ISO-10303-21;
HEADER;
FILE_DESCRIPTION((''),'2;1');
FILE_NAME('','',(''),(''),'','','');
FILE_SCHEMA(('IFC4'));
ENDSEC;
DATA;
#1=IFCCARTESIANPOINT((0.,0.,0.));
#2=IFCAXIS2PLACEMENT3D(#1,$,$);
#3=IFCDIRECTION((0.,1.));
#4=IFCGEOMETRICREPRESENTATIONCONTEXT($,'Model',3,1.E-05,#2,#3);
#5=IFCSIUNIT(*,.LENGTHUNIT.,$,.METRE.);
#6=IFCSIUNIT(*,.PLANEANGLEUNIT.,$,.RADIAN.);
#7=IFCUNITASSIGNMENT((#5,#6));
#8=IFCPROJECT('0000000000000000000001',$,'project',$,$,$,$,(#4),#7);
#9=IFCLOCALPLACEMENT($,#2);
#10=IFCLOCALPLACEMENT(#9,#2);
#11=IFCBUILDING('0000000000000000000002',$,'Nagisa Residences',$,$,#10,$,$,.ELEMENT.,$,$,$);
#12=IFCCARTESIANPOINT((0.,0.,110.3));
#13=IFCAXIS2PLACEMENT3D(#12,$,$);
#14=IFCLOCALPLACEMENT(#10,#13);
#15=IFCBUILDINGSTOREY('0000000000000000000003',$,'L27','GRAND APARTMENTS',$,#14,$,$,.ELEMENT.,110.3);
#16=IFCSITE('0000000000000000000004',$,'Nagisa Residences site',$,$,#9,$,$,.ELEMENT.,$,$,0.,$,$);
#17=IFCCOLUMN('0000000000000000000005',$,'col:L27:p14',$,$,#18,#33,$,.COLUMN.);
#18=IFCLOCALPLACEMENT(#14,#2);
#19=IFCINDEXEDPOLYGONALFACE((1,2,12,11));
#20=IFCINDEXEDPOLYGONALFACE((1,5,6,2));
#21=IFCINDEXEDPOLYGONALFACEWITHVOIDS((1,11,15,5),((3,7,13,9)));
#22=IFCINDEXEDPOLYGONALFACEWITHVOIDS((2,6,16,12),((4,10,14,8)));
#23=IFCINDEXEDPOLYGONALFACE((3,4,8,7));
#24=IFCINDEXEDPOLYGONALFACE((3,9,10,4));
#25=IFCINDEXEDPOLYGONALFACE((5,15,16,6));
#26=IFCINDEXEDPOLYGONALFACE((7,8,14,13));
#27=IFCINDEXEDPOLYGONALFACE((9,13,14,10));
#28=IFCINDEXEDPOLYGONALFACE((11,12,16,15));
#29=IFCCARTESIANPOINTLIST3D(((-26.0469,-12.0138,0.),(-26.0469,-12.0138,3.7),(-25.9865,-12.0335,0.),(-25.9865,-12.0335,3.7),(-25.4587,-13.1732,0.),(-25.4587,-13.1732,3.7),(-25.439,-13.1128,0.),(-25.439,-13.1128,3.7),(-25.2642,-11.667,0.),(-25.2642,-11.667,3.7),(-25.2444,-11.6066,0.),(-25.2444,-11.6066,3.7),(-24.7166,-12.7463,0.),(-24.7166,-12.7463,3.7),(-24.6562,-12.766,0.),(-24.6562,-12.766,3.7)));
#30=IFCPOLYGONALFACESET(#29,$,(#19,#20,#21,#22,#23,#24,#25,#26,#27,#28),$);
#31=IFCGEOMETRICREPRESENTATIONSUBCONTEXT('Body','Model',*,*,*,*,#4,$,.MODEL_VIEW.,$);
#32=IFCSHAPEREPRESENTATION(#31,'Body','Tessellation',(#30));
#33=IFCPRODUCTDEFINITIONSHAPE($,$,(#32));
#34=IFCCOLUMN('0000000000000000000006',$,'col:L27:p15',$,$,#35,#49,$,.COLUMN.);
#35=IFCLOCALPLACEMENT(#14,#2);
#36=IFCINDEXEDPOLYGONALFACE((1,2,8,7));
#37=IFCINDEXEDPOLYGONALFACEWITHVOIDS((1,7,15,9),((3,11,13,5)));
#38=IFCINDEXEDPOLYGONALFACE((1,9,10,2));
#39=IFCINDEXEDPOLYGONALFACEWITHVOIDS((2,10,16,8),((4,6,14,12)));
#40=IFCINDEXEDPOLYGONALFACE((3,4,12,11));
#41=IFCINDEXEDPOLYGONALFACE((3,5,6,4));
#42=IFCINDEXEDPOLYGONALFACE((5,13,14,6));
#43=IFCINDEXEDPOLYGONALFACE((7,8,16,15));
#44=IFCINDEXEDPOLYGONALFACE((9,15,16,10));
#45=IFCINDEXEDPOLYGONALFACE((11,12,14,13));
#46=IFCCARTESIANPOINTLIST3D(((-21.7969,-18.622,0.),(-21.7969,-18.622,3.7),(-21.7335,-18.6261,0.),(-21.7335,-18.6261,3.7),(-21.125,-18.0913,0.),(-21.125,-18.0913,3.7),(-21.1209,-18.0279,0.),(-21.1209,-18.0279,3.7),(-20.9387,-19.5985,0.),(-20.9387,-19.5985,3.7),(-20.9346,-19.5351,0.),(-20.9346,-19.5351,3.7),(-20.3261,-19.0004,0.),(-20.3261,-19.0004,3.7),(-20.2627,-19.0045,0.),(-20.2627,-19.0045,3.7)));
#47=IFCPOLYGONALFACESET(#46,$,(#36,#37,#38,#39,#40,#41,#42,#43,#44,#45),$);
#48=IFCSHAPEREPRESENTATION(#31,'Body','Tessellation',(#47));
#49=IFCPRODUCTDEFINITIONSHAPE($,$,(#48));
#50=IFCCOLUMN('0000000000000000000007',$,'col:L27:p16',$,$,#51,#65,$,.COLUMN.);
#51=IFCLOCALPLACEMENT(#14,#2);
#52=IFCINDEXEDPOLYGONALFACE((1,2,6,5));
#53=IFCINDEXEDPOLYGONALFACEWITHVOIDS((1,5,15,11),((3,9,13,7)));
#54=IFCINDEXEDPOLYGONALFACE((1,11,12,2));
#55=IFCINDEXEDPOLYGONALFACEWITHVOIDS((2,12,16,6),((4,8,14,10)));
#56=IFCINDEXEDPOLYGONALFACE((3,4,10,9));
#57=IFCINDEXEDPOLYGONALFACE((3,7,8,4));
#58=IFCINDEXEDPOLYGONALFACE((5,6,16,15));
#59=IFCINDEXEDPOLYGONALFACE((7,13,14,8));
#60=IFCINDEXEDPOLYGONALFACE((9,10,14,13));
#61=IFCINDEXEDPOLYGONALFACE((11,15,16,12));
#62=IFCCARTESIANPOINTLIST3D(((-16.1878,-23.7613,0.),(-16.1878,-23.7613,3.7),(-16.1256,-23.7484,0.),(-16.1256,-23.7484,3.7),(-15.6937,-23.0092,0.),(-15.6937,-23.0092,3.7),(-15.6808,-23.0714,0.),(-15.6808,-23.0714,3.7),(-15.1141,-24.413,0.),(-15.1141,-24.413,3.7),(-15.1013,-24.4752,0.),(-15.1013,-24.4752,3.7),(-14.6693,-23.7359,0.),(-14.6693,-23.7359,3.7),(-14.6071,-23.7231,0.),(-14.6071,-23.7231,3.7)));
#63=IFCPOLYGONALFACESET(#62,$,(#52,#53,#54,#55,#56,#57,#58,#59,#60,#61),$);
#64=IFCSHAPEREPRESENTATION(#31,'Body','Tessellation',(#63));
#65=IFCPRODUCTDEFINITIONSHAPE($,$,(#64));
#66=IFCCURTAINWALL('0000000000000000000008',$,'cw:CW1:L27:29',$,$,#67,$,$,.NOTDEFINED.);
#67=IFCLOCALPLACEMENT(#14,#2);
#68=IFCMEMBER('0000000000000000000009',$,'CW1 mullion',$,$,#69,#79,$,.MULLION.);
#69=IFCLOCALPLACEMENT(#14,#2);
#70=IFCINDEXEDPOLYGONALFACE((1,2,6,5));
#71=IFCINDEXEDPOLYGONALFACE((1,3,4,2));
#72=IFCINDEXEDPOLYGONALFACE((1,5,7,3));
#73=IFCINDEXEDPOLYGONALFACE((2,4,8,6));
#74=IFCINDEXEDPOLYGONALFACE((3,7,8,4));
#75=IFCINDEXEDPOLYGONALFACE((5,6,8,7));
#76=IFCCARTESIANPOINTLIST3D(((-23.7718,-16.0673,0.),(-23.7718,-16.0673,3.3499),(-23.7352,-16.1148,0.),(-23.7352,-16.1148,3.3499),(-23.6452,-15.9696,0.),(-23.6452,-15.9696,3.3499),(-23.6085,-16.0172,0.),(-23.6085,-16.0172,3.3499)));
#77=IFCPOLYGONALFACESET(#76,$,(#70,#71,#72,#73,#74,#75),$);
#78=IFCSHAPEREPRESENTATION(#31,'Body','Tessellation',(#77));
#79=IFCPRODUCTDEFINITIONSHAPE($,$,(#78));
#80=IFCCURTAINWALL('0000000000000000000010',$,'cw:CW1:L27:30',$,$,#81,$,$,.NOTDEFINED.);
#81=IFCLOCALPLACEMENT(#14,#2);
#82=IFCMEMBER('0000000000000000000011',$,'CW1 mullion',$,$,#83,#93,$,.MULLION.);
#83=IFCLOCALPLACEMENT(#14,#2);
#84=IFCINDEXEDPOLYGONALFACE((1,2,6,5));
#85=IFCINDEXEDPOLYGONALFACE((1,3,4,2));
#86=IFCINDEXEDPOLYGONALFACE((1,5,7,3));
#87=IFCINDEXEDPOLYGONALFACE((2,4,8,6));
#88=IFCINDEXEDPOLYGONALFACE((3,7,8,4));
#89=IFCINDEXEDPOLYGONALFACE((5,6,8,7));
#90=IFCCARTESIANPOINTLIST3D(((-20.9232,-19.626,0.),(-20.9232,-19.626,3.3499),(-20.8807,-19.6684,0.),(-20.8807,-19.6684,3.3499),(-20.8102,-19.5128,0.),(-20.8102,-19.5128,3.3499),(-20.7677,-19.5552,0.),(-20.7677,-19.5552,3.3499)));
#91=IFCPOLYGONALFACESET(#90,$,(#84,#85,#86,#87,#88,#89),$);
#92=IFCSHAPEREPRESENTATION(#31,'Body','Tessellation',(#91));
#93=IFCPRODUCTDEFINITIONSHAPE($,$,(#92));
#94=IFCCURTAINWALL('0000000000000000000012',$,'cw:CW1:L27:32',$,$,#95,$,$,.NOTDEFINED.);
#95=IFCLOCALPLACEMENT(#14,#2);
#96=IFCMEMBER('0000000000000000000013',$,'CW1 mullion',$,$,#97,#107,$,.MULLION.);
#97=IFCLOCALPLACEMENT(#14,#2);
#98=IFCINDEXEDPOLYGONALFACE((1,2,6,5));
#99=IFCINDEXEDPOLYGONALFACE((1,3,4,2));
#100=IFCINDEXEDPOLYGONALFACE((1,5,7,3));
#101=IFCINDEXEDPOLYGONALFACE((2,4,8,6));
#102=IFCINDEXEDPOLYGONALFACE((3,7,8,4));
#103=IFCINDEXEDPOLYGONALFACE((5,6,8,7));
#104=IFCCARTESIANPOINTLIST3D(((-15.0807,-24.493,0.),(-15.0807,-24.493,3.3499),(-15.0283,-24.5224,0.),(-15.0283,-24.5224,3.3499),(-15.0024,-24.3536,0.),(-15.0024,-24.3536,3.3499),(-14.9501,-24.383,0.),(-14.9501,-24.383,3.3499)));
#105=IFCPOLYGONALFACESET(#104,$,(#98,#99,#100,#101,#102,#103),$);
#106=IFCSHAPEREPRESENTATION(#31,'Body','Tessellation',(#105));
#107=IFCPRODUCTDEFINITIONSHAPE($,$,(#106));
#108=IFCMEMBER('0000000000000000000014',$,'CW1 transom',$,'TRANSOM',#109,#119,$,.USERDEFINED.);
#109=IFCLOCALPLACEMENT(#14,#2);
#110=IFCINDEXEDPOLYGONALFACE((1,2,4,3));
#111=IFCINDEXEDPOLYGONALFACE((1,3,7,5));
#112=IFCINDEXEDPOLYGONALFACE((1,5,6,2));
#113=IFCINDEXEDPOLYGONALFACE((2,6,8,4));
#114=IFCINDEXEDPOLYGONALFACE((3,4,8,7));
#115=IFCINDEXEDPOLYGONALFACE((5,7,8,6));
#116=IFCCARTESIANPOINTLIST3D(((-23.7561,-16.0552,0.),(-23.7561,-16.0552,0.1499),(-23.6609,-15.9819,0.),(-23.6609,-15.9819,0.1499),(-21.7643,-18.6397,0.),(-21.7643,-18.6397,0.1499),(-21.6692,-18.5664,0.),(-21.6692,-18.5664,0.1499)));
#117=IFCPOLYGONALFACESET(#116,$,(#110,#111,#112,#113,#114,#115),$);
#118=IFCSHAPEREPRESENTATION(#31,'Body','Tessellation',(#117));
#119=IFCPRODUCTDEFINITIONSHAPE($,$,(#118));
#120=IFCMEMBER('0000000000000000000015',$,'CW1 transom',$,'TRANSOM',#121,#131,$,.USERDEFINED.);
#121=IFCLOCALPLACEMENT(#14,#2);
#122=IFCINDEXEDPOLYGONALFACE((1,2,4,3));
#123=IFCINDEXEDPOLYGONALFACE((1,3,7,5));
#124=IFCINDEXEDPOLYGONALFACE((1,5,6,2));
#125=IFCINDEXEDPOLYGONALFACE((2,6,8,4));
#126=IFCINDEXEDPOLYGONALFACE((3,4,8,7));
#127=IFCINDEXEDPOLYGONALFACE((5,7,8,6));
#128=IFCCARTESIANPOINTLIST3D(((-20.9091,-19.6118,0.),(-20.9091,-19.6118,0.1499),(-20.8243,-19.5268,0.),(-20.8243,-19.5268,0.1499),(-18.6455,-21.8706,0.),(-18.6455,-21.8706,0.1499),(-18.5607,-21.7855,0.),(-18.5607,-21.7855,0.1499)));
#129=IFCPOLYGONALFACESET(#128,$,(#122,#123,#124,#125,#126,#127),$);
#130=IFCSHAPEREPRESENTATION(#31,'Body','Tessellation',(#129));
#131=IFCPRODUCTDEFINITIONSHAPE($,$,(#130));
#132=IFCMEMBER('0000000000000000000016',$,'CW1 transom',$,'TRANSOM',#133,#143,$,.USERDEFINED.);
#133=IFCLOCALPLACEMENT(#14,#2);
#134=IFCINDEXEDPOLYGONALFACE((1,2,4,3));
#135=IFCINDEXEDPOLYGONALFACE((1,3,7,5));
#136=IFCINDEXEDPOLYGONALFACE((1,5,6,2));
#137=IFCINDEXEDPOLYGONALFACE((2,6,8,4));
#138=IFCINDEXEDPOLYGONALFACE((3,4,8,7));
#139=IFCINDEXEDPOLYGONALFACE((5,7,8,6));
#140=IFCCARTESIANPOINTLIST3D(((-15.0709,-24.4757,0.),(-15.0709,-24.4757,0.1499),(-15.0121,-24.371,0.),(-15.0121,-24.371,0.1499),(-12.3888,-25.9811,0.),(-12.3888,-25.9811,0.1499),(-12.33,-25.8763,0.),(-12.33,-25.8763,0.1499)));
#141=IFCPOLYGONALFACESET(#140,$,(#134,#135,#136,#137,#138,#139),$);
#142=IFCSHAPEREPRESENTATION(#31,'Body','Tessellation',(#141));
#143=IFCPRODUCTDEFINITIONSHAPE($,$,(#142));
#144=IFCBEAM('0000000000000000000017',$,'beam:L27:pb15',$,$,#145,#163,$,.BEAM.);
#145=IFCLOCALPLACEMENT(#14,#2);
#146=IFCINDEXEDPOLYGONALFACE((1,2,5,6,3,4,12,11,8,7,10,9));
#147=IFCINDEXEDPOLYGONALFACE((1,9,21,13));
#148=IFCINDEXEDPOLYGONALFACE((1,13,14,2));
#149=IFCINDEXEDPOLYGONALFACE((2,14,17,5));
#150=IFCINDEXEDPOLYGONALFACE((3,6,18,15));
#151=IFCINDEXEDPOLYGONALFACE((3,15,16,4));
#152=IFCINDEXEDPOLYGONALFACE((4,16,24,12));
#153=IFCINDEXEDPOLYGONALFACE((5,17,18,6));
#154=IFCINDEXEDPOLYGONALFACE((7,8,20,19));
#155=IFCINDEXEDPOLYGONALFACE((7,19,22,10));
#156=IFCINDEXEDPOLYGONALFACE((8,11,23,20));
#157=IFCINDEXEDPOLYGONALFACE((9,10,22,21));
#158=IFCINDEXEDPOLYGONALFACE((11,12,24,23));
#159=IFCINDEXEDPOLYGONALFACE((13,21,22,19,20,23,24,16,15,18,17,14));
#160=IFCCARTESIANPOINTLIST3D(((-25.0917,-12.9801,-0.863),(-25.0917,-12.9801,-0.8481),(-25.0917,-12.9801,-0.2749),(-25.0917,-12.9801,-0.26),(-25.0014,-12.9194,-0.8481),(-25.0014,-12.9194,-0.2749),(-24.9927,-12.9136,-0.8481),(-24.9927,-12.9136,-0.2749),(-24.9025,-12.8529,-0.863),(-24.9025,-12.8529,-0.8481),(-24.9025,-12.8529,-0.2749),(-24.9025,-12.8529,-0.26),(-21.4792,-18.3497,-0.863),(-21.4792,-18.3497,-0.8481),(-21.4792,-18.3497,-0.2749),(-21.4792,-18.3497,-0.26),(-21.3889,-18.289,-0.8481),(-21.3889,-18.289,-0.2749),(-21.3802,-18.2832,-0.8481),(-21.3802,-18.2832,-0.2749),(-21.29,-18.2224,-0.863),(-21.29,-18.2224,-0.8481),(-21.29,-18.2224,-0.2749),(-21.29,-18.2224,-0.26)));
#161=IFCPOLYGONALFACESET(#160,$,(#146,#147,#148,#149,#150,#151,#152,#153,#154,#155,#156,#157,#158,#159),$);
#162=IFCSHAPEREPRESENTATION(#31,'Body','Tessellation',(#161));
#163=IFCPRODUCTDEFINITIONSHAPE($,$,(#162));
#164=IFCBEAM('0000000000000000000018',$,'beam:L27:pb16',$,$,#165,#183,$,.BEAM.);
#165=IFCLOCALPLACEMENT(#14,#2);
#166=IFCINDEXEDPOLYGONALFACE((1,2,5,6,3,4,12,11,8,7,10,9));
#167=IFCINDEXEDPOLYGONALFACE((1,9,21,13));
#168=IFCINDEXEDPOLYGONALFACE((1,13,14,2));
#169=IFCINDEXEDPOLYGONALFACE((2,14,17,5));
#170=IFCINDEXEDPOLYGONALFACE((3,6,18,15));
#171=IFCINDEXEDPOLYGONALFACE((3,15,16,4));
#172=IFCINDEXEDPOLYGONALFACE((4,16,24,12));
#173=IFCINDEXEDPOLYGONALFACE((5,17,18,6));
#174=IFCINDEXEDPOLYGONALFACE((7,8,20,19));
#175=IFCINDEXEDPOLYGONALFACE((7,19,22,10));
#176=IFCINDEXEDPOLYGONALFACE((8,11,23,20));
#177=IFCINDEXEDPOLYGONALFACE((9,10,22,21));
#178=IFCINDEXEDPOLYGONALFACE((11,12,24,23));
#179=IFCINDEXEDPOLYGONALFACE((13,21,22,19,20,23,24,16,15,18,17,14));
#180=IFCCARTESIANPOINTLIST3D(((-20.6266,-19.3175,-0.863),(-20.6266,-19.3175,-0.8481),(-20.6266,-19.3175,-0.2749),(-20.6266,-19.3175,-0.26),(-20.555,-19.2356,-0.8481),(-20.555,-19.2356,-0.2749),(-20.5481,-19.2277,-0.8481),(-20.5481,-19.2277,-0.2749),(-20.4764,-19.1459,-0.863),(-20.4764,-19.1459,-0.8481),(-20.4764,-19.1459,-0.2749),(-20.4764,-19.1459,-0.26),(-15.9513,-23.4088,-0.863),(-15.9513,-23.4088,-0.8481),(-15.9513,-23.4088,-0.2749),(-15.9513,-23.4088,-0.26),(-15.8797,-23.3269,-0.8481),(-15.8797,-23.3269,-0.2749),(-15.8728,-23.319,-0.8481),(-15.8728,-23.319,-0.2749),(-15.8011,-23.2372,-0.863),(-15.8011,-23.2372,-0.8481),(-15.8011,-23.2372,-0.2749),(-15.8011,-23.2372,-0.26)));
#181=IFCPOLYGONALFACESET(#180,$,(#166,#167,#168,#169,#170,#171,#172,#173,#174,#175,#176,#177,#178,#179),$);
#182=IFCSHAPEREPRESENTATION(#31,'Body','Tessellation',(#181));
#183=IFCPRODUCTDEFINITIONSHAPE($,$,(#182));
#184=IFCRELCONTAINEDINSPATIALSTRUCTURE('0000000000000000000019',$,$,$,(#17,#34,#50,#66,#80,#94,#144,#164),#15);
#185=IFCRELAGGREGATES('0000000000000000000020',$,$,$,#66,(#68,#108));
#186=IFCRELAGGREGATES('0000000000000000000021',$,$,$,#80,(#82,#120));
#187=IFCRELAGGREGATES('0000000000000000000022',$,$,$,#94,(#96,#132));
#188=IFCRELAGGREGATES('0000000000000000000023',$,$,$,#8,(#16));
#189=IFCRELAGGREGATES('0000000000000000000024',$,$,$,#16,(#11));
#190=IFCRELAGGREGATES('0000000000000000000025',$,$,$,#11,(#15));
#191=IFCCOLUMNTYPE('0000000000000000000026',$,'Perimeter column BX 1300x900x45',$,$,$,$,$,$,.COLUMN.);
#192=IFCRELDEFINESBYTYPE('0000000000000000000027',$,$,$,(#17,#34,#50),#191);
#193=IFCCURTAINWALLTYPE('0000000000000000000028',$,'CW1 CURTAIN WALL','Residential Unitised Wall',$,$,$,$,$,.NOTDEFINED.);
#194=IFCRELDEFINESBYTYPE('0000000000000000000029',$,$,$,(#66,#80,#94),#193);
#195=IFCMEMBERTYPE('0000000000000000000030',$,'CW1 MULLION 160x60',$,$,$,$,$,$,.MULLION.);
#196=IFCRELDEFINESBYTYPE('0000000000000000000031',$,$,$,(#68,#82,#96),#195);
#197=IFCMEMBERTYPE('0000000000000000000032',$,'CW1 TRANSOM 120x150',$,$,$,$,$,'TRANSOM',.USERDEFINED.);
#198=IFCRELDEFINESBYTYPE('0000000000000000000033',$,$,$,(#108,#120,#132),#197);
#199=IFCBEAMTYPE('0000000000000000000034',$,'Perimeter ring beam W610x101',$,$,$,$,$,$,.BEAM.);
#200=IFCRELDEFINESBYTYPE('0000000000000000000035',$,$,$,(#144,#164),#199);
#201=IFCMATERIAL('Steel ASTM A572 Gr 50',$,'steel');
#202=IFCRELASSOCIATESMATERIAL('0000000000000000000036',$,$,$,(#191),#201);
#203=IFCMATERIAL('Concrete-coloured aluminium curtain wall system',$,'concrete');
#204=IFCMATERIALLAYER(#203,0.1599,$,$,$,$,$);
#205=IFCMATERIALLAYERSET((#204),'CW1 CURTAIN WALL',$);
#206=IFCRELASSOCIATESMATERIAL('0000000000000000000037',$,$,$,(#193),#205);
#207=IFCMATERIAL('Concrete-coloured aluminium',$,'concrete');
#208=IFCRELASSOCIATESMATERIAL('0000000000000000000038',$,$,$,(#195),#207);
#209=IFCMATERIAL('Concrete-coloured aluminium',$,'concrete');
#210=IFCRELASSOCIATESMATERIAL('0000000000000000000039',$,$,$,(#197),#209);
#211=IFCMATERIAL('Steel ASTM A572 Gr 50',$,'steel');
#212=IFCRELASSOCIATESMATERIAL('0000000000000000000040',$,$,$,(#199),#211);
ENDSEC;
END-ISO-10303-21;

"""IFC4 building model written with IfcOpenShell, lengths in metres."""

from ifc_helpers import new_model, si_unit, direction, frame, origin, origin_2d, place, context, subcontext, project, spatial, rectangle, hollow_rectangle, i_section, extrude, material, layer, layer_set, material_profile, profile_set, type_object, element, aggregate, save


model = new_model("IFC4")

# Units and contexts
model_context = context("Model", 3, precision=1e-05, world=origin(), true_north=direction((0.0, 1.0)))
body_context = subcontext(model_context, "Body", "Model", "MODEL_VIEW")
ifc_project = project(units=[si_unit("LENGTHUNIT", "METRE"), si_unit("PLANEANGLEUNIT", "RADIAN")], contexts=[model_context])

# Site, building, storey
site_placement = place(None, origin())
site = spatial("IfcSite", under=ifc_project, at=site_placement, Name="Nagisa Residences site", CompositionType="ELEMENT", RefElevation=0.0)
building_placement = place(site_placement, origin())
building = spatial("IfcBuilding", under=site, at=building_placement, Name="Nagisa Residences", CompositionType="ELEMENT")
storey_placement = place(building_placement, frame((0.0, 0.0, 110.3)))
storey = spatial("IfcBuildingStorey", under=building, at=storey_placement, Name="L27", Description="GRAND APARTMENTS", CompositionType="ELEMENT", Elevation=110.3)

# Columns
ifc_material_1 = material(Name="Steel ASTM A572 Gr 50", Category="steel")
ifc_material_profile_1 = material_profile(ifc_material_1, hollow_rectangle(XDim=1.3, YDim=0.8999, WallThickness=0.0449, at=origin_2d()), Name="BX 1300x900x45")
ifc_profile_set_1 = profile_set([ifc_material_profile_1], Name="Steel ASTM A572 Gr 50")
column_type = type_object("IfcColumnType", Name="Perimeter column BX 1300x900x45", PredefinedType="COLUMN", material=ifc_profile_set_1)
for number, where, z_axis, x_axis, name in (
    (1, (-25.3516, -12.3899, 0.0), (0.0, 0.0, 1.0), (0.452463, -0.891783, 0.0), "col:L27:p14"),
    (2, (-21.0298, -18.8132, 0.0), (0.0, 0.0, 1.0), (0.660115, -0.751165, 0.0), "col:L27:p15"),
    (3, (-15.3975, -23.7422, 0.0), (0.0, 0.0, 1.0), (0.835766, -0.549086, 0.0), "col:L27:p16"),
):
    element("IfcColumn", number, at=place(storey_placement, frame(where, z_axis=z_axis, x_axis=x_axis)), inside=storey, type_object=column_type, Name=name, PredefinedType="COLUMN", context=body_context, shape_type="SweptSolid", body=[
        extrude(hollow_rectangle(XDim=1.3, YDim=0.8999, WallThickness=0.0449, at=origin_2d()), origin(), (0.0, 0.0, 1.0), 3.7),
    ])

# Curtain walls, members
ifc_material_2 = material(Name="Concrete-coloured aluminium curtain wall system", Category="concrete")
ifc_layer_1 = layer(ifc_material_2, 0.1599)
ifc_layer_set_1 = layer_set([ifc_layer_1], Name="CW1 CURTAIN WALL")
curtain_wall_type = type_object("IfcCurtainWallType", Name="CW1 CURTAIN WALL", Description="Residential Unitised Wall", PredefinedType="NOTDEFINED", material=ifc_layer_set_1)
curtain_wall_1_placement = place(storey_placement, origin())
curtain_wall_1 = element("IfcCurtainWall", 4, at=curtain_wall_1_placement, inside=storey, type_object=curtain_wall_type, Name="cw:CW1:L27:29", PredefinedType="NOTDEFINED")
ifc_material_3 = material(Name="Concrete-coloured aluminium", Category="concrete")
ifc_material_profile_2 = material_profile(ifc_material_3, rectangle(XDim=0.1599, YDim=0.0601, at=origin_2d()), Name="CW1 MULLION 160x60")
ifc_profile_set_2 = profile_set([ifc_material_profile_2], Name="Concrete-coloured aluminium")
member_type_1 = type_object("IfcMemberType", Name="CW1 MULLION 160x60", PredefinedType="MULLION", material=ifc_profile_set_2)
member_1_placement = place(storey_placement, frame((-23.6902, -16.0422, 0.0), z_axis=(0.0, 0.0, 1.0), x_axis=(0.79207, 0.61043, 0.0)))
member_1 = element("IfcMember", 5, at=member_1_placement, type_object=member_type_1, Name="CW1 mullion", PredefinedType="MULLION", context=body_context, shape_type="SweptSolid", body=[
    extrude(rectangle(XDim=0.1599, YDim=0.0601, at=origin_2d()), origin(), (0.0, 0.0, 1.0), 3.3499),
])
curtain_wall_2_placement = place(storey_placement, origin())
curtain_wall_2 = element("IfcCurtainWall", 6, at=curtain_wall_2_placement, inside=storey, type_object=curtain_wall_type, Name="cw:CW1:L27:30", PredefinedType="NOTDEFINED")
member_2_placement = place(storey_placement, frame((-20.8455, -19.5906, 0.0), z_axis=(0.0, 0.0, 1.0), x_axis=(0.706377, 0.707836, 0.0)))
member_2 = element("IfcMember", 7, at=member_2_placement, type_object=member_type_1, Name="CW1 mullion", PredefinedType="MULLION", context=body_context, shape_type="SweptSolid", body=[
    extrude(rectangle(XDim=0.1599, YDim=0.0601, at=origin_2d()), origin(), (0.0, 0.0, 1.0), 3.3499),
])
curtain_wall_3_placement = place(storey_placement, origin())
curtain_wall_3 = element("IfcCurtainWall", 8, at=curtain_wall_3_placement, inside=storey, type_object=curtain_wall_type, Name="cw:CW1:L27:32", PredefinedType="NOTDEFINED")
member_3_placement = place(storey_placement, frame((-15.0154, -24.438, 0.0), z_axis=(0.0, 0.0, 1.0), x_axis=(0.489377, 0.872072, 0.0)))
member_3 = element("IfcMember", 9, at=member_3_placement, type_object=member_type_1, Name="CW1 mullion", PredefinedType="MULLION", context=body_context, shape_type="SweptSolid", body=[
    extrude(rectangle(XDim=0.1599, YDim=0.0601, at=origin_2d()), origin(), (0.0, 0.0, 1.0), 3.3499),
])

# Members
ifc_material_4 = material(Name="Concrete-coloured aluminium", Category="concrete")
ifc_material_profile_3 = material_profile(ifc_material_4, rectangle(XDim=0.1201, YDim=0.1499, at=origin_2d()), Name="CW1 TRANSOM 120x150")
ifc_profile_set_3 = profile_set([ifc_material_profile_3], Name="Concrete-coloured aluminium")
member_type_2 = type_object("IfcMemberType", Name="CW1 TRANSOM 120x150", ElementType="TRANSOM", PredefinedType="USERDEFINED", material=ifc_profile_set_3)
member_4_placement = place(storey_placement, frame((-23.7085, -16.0186, 0.075), z_axis=(0.610412, -0.792084, 0.0), x_axis=(0.792084, 0.610412, 0.0)))
member_4 = element("IfcMember", 10, at=member_4_placement, type_object=member_type_2, Name="CW1 transom", ObjectType="TRANSOM", PredefinedType="USERDEFINED", context=body_context, shape_type="SweptSolid", body=[
    extrude(rectangle(XDim=0.1201, YDim=0.1499, at=origin_2d()), origin(), (0.0, 0.0, 1.0), 3.2629),
])
member_5_placement = place(storey_placement, frame((-20.8667, -19.5693, 0.075), z_axis=(0.70787, -0.706343, 0.0), x_axis=(0.706343, 0.70787, 0.0)))
member_5 = element("IfcMember", 11, at=member_5_placement, type_object=member_type_2, Name="CW1 transom", ObjectType="TRANSOM", PredefinedType="USERDEFINED", context=body_context, shape_type="SweptSolid", body=[
    extrude(rectangle(XDim=0.1201, YDim=0.1499, at=origin_2d()), origin(), (0.0, 0.0, 1.0), 3.1978),
])
member_6_placement = place(storey_placement, frame((-15.0415, -24.4233, 0.075), z_axis=(0.872037, -0.489439, 0.0), x_axis=(0.489439, 0.872037, 0.0)))
member_6 = element("IfcMember", 12, at=member_6_placement, type_object=member_type_2, Name="CW1 transom", ObjectType="TRANSOM", PredefinedType="USERDEFINED", context=body_context, shape_type="SweptSolid", body=[
    extrude(rectangle(XDim=0.1201, YDim=0.1499, at=origin_2d()), origin(), (0.0, 0.0, 1.0), 3.0757),
])

# Beams
ifc_material_5 = material(Name="Steel ASTM A572 Gr 50", Category="steel")
ifc_material_profile_4 = material_profile(ifc_material_5, i_section(OverallWidth=0.228, OverallDepth=0.603, WebThickness=0.0105, FlangeThickness=0.0149, at=origin_2d()), Name="W610x101")
ifc_profile_set_4 = profile_set([ifc_material_profile_4], Name="Steel ASTM A572 Gr 50")
beam_type_1 = type_object("IfcBeamType", Name="Perimeter ring beam W610x101", PredefinedType="BEAM", material=ifc_profile_set_4)
beam_1_placement = place(storey_placement, frame((-24.9971, -12.9165, -0.5615), z_axis=(0.558204, -0.829704, 0.0), x_axis=(0.829704, 0.558204, 0.0)))
element("IfcBeam", 13, at=beam_1_placement, inside=storey, type_object=beam_type_1, Name="beam:L27:pb15", PredefinedType="BEAM", context=body_context, shape_type="SweptSolid", body=[
    extrude(i_section(OverallWidth=0.228, OverallDepth=0.603, WebThickness=0.0105, FlangeThickness=0.0149, at=origin_2d()), origin(), (0.0, 0.0, 1.0), 6.4717),
])
beam_2_placement = place(storey_placement, frame((-20.5515, -19.2317, -0.5615), z_axis=(0.752543, -0.658544, 0.0), x_axis=(0.658544, 0.752543, 0.0)))
element("IfcBeam", 14, at=beam_2_placement, inside=storey, type_object=beam_type_1, Name="beam:L27:pb16", PredefinedType="BEAM", context=body_context, shape_type="SweptSolid", body=[
    extrude(i_section(OverallWidth=0.228, OverallDepth=0.603, WebThickness=0.0105, FlangeThickness=0.0149, at=origin_2d()), origin(), (0.0, 0.0, 1.0), 6.2126),
])

aggregate(curtain_wall_1, [member_1, member_4])
aggregate(curtain_wall_2, [member_2, member_5])
aggregate(curtain_wall_3, [member_3, member_6])

save(model, "model.ifc")
